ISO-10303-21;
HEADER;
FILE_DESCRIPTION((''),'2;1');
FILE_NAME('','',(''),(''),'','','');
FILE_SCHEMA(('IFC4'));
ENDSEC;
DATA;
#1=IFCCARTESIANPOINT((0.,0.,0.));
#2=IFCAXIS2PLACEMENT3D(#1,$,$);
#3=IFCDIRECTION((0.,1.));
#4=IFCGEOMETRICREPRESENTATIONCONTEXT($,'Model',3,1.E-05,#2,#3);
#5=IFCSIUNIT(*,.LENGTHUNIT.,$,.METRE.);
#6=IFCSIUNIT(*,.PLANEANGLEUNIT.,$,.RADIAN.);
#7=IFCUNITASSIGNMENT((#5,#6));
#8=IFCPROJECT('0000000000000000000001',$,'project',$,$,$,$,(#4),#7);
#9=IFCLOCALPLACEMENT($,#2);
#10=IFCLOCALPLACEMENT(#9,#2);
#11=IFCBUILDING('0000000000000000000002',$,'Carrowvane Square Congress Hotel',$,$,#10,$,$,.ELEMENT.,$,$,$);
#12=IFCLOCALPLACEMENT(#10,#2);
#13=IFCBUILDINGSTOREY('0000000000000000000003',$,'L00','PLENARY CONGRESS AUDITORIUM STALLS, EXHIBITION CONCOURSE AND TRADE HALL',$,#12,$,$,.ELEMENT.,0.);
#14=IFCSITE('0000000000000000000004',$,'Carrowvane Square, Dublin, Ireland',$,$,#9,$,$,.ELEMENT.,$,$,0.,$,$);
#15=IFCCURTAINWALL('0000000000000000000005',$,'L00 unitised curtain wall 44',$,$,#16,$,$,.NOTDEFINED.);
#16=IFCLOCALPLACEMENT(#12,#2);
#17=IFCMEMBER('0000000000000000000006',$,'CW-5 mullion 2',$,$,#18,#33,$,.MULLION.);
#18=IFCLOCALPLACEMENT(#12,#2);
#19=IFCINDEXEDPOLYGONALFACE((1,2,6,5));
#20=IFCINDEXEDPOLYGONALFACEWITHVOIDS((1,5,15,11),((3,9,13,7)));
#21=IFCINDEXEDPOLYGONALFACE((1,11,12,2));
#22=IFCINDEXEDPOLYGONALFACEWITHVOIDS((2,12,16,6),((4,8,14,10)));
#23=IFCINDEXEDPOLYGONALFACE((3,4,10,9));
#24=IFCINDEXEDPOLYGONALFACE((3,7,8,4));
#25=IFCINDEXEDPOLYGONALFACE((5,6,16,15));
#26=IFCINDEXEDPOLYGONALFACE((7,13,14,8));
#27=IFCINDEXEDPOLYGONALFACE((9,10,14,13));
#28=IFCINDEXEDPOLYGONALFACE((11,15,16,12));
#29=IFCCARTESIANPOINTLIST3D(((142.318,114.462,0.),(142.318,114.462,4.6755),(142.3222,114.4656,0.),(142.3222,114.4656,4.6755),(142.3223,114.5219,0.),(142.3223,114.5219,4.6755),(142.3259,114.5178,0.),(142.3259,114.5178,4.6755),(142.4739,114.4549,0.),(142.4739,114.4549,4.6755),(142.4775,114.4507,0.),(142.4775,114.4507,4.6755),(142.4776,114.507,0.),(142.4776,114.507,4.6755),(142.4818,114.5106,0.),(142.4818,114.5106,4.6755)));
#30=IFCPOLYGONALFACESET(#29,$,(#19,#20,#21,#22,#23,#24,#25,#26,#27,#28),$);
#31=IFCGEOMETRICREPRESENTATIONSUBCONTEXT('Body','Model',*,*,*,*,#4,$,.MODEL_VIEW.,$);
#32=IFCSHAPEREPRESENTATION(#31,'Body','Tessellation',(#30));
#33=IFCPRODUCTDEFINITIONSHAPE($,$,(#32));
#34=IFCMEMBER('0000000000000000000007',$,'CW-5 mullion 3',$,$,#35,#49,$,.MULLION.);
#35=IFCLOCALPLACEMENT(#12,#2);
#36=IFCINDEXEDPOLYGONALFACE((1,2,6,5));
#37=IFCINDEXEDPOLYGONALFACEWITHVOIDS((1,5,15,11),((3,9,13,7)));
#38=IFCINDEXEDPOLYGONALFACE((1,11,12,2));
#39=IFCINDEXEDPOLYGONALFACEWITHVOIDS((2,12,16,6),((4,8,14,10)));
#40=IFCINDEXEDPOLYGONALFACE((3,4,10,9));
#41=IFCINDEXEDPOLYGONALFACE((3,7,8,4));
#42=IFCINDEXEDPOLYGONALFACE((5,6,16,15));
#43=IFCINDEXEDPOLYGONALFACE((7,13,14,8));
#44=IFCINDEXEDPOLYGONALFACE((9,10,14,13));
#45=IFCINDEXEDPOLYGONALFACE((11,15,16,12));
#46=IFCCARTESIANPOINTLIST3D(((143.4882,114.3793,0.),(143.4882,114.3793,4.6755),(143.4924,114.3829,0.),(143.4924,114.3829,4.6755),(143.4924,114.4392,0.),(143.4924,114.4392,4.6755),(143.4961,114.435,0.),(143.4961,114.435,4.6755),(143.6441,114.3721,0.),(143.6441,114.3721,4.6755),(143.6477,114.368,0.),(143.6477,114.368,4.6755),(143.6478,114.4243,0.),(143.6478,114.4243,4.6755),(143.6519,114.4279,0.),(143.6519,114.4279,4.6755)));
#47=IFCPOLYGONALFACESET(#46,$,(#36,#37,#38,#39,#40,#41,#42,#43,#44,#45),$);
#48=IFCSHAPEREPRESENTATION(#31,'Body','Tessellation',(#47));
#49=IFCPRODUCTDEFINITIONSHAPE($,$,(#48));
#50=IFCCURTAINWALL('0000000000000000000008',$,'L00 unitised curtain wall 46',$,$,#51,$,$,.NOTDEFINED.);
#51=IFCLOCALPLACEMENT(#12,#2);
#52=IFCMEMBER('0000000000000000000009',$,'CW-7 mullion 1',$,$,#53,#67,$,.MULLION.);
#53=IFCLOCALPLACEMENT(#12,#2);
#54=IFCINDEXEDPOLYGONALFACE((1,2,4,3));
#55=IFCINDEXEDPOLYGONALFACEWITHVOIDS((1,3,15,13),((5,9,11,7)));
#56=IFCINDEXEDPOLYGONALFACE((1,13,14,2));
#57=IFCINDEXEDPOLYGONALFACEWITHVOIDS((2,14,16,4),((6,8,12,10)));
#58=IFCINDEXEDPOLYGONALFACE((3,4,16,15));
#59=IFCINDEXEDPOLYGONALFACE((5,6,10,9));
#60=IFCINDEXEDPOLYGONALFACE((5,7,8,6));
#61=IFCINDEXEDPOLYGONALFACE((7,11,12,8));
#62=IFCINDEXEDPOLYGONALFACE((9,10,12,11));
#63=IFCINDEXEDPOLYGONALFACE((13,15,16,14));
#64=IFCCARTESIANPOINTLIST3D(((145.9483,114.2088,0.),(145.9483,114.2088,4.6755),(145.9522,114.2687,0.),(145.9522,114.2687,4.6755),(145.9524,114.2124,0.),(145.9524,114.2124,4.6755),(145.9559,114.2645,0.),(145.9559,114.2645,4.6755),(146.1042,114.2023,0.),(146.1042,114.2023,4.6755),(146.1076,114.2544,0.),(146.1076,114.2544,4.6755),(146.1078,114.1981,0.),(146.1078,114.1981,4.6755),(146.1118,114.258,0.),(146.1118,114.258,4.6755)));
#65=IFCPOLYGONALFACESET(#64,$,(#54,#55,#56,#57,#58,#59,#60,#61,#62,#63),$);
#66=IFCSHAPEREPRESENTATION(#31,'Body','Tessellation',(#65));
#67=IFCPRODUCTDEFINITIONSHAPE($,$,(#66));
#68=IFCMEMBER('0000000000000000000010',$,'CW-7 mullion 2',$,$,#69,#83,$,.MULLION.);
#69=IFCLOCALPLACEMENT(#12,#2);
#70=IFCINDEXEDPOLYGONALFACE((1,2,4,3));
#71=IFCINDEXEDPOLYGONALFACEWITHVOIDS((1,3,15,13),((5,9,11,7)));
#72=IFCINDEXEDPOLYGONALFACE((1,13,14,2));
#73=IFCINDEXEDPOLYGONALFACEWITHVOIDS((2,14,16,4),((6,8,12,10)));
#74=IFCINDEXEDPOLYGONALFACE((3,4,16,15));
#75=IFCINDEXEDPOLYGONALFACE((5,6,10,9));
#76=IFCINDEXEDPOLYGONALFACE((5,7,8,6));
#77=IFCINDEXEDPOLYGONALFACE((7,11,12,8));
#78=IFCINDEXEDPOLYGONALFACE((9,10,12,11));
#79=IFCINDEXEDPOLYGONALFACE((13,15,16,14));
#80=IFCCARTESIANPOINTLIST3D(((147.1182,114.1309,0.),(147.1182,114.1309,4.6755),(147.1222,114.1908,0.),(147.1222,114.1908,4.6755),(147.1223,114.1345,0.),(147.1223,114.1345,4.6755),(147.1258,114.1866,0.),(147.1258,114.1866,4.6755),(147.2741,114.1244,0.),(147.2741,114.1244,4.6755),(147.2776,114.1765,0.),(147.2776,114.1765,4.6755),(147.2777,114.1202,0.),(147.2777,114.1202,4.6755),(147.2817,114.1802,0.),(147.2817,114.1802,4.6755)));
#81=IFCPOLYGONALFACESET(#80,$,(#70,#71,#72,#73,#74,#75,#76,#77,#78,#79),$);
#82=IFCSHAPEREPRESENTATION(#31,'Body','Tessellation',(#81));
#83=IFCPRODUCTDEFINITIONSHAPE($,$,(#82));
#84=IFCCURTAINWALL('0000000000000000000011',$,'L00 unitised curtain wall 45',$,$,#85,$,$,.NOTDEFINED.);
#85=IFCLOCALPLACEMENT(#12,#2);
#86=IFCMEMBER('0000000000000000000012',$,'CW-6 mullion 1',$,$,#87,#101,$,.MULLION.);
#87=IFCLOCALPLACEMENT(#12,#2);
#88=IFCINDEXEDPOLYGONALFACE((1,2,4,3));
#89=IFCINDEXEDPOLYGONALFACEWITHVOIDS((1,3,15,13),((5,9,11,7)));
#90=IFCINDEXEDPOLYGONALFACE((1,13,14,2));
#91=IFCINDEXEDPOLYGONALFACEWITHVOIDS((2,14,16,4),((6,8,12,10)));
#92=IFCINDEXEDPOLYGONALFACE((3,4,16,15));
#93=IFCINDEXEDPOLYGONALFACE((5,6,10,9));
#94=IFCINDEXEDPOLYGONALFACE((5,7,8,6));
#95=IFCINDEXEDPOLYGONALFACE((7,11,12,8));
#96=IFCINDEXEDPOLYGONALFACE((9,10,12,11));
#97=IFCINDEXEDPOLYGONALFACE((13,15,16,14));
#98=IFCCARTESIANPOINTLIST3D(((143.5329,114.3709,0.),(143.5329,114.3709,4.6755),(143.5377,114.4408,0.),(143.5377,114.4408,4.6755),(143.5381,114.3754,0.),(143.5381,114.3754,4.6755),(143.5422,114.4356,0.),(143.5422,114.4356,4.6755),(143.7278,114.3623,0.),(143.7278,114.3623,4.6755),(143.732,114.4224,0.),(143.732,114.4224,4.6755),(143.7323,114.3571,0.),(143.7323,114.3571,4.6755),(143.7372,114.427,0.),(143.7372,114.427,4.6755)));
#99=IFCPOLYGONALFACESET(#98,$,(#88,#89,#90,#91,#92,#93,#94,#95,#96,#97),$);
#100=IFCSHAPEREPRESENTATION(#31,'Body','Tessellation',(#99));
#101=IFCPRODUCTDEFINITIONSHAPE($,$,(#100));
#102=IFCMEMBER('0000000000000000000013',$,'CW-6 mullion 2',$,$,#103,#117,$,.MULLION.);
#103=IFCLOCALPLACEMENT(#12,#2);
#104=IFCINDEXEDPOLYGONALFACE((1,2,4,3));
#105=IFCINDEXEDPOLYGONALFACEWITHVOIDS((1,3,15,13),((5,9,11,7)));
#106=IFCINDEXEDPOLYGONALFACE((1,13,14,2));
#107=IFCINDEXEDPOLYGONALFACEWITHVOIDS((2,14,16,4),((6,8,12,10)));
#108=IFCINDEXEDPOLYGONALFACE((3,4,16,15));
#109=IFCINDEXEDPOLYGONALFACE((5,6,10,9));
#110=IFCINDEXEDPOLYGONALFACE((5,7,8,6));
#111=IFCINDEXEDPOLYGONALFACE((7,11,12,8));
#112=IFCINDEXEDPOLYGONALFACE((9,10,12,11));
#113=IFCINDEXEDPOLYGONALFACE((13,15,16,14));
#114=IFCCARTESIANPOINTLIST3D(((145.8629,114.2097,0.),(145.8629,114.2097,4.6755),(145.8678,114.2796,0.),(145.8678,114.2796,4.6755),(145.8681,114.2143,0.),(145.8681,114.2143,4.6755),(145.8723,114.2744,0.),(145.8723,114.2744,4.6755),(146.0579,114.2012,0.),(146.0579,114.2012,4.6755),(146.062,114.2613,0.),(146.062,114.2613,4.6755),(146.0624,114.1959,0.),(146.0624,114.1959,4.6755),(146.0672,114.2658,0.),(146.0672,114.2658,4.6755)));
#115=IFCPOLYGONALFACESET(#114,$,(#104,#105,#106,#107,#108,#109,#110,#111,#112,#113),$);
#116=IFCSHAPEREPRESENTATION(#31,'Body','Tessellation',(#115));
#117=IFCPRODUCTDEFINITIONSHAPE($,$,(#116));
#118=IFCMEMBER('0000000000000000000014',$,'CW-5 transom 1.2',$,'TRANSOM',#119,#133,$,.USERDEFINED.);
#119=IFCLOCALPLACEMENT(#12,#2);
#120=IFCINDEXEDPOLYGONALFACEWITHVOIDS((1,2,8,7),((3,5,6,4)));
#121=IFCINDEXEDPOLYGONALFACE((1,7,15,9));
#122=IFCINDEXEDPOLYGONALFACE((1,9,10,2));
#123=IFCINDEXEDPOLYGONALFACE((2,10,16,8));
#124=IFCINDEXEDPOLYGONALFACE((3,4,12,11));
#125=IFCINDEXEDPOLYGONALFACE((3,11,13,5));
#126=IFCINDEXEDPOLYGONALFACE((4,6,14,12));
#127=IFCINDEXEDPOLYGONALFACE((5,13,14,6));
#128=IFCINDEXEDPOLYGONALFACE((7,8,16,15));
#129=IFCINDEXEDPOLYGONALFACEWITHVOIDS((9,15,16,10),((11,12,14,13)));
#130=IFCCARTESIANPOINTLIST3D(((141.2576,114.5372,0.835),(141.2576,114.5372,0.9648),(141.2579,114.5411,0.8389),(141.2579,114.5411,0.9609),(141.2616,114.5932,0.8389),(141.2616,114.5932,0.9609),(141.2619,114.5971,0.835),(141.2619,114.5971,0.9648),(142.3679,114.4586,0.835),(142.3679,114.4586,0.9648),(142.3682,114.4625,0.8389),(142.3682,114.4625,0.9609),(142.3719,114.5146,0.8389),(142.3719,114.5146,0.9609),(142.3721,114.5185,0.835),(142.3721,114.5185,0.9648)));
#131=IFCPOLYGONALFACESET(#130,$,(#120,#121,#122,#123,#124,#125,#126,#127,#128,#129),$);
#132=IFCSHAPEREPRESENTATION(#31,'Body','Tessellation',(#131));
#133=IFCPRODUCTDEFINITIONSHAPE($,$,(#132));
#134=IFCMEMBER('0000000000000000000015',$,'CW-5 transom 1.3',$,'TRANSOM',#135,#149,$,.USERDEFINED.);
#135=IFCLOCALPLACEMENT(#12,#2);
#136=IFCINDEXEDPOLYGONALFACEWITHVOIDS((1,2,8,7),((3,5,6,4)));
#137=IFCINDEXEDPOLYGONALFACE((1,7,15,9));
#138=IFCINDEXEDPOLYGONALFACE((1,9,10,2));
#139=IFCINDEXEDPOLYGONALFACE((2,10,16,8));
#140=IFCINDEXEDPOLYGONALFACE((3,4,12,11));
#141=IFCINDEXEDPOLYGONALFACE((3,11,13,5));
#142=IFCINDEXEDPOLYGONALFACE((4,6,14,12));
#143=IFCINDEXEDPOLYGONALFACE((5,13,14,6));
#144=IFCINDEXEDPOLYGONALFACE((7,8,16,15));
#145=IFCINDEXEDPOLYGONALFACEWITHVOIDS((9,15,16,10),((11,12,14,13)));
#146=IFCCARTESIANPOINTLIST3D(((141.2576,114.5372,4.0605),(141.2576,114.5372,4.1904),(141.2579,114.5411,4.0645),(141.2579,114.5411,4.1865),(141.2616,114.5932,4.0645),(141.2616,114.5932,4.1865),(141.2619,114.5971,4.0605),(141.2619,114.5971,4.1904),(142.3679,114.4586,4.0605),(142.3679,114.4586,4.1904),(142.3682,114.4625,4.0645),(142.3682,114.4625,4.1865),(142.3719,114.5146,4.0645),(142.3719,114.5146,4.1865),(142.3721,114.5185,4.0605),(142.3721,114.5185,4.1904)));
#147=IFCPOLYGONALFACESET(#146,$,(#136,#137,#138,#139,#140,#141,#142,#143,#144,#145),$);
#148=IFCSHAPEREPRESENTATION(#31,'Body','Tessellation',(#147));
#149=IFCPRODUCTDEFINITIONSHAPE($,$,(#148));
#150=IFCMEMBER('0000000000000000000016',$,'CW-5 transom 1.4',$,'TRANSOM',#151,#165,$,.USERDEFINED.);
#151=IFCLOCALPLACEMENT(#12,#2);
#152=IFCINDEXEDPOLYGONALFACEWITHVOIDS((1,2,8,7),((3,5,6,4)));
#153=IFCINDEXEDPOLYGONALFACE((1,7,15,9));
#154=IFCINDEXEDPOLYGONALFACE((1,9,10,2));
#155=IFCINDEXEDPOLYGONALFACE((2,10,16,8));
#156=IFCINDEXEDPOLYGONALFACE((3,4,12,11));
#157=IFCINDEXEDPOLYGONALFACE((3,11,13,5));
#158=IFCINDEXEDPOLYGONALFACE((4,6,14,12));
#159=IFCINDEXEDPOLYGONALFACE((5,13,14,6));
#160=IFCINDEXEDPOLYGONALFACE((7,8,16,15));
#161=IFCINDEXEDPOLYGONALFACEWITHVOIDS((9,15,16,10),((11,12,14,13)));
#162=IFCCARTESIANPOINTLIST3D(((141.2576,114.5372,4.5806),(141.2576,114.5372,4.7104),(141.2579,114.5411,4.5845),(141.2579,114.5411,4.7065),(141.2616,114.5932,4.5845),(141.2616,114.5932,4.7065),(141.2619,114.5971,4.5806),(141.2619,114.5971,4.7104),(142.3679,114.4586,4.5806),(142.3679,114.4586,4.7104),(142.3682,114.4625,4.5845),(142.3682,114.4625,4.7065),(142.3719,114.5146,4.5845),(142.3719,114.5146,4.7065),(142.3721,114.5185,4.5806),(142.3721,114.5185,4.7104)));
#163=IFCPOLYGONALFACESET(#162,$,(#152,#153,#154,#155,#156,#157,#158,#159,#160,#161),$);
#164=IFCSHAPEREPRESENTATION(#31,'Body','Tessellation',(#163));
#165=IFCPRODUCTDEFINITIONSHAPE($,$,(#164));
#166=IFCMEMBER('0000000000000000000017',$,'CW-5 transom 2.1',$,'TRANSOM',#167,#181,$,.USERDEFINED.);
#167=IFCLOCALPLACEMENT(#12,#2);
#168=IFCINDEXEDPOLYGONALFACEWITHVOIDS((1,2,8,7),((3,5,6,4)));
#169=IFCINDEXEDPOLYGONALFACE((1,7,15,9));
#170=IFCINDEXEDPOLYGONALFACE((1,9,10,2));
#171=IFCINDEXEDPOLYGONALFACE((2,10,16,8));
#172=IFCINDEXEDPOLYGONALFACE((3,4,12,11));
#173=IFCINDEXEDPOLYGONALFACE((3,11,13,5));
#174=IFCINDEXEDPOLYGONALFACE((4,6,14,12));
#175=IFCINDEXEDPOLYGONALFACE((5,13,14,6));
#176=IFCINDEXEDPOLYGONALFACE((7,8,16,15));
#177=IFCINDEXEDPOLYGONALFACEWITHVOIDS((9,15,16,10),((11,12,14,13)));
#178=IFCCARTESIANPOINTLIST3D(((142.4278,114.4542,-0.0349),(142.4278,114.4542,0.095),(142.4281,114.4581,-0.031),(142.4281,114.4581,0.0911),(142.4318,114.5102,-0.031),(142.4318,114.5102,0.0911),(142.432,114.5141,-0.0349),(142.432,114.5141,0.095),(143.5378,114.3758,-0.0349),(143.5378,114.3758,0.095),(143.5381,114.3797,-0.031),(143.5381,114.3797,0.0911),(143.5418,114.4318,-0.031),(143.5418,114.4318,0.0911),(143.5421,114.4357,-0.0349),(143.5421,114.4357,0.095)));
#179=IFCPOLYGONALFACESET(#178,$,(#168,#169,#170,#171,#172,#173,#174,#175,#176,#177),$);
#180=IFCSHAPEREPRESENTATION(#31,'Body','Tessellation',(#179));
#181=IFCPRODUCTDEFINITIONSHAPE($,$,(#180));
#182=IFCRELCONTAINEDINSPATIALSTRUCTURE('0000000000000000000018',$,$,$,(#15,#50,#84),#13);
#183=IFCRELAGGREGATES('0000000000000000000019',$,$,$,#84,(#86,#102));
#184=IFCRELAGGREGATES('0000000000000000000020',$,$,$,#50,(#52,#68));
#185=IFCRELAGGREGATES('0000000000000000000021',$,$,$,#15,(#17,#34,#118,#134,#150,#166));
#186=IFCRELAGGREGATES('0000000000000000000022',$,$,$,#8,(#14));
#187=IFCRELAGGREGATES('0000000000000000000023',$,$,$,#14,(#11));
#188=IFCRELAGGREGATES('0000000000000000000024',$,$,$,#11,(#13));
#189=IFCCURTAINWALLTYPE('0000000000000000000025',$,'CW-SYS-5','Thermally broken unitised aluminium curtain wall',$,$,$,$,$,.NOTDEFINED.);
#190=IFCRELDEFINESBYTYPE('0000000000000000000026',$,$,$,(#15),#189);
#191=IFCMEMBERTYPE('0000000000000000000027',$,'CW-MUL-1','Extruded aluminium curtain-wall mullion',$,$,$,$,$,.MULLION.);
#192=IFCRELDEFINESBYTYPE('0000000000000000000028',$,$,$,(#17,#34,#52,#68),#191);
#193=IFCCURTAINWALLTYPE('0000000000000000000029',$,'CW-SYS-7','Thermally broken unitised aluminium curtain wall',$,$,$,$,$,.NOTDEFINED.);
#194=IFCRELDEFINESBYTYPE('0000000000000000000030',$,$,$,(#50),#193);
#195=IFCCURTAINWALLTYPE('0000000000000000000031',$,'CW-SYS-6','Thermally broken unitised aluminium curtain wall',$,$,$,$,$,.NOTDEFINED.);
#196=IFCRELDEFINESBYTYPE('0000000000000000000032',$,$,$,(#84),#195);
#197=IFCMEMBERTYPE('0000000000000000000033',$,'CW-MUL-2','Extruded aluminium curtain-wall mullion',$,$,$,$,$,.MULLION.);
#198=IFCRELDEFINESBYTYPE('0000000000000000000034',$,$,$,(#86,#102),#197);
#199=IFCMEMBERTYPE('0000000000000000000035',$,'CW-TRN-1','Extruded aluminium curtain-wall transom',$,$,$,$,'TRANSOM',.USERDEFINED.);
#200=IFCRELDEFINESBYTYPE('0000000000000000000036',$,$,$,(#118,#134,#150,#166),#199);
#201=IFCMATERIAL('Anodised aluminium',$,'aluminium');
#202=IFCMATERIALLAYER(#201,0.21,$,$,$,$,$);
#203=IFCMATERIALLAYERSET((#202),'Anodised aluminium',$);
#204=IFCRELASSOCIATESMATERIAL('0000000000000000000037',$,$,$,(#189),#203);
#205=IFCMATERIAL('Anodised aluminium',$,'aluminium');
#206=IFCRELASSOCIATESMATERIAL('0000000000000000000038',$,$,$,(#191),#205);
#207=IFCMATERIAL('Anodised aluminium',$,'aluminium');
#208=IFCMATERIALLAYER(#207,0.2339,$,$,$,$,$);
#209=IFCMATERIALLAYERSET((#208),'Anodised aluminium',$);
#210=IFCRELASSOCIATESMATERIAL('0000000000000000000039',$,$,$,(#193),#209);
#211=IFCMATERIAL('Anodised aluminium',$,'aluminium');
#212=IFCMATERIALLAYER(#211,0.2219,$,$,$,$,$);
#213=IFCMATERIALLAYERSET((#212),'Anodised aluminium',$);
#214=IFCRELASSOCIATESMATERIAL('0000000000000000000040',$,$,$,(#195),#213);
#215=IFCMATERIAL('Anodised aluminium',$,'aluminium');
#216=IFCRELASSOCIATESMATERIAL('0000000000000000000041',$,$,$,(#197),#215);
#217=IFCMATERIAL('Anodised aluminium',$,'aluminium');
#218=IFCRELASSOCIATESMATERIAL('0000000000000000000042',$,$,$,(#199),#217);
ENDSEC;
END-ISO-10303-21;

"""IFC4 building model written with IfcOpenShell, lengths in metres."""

from ifc_helpers import new_model, si_unit, direction, frame, origin, origin_2d, place, context, subcontext, project, spatial, hollow_rectangle, extrude, material, layer, layer_set, material_profile, profile_set, type_object, element, aggregate, save


model = new_model("IFC4")

# Units and contexts
model_context = context("Model", 3, precision=1e-05, world=origin(), true_north=direction((0.0, 1.0)))
body_context = subcontext(model_context, "Body", "Model", "MODEL_VIEW")
ifc_project = project(units=[si_unit("LENGTHUNIT", "METRE"), si_unit("PLANEANGLEUNIT", "RADIAN")], contexts=[model_context])

# Site, building, storey
site_placement = place(None, origin())
site = spatial("IfcSite", under=ifc_project, at=site_placement, Name="Carrowvane Square, Dublin, Ireland", CompositionType="ELEMENT", RefElevation=0.0)
building_placement = place(site_placement, origin())
building = spatial("IfcBuilding", under=site, at=building_placement, Name="Carrowvane Square Congress Hotel", CompositionType="ELEMENT")
storey_placement = place(building_placement, origin())
storey = spatial("IfcBuildingStorey", under=building, at=storey_placement, Name="L00", Description="PLENARY CONGRESS AUDITORIUM STALLS, EXHIBITION CONCOURSE AND TRADE HALL", CompositionType="ELEMENT", Elevation=0.0)

# Curtain walls, members
ifc_material_1 = material(Name="Anodised aluminium", Category="aluminium")
ifc_layer_1 = layer(ifc_material_1, 0.21)
ifc_layer_set_1 = layer_set([ifc_layer_1], Name="Anodised aluminium")
curtain_wall_type_1 = type_object("IfcCurtainWallType", Name="CW-SYS-5", Description="Thermally broken unitised aluminium curtain wall", PredefinedType="NOTDEFINED", material=ifc_layer_set_1)
curtain_wall_1_placement = place(storey_placement, origin())
curtain_wall_1 = element("IfcCurtainWall", 1, at=curtain_wall_1_placement, inside=storey, type_object=curtain_wall_type_1, Name="L00 unitised curtain wall 44", PredefinedType="NOTDEFINED")
ifc_material_2 = material(Name="Anodised aluminium", Category="aluminium")
ifc_material_profile_1 = material_profile(ifc_material_2, hollow_rectangle(XDim=0.0601, YDim=0.1599, WallThickness=0.0039, at=origin_2d()), Name="CW-ML 60x160x4")
ifc_profile_set_1 = profile_set([ifc_material_profile_1], Name="Anodised aluminium")
member_type_1 = type_object("IfcMemberType", Name="CW-MUL-1", Description="Extruded aluminium curtain-wall mullion", PredefinedType="MULLION", material=ifc_profile_set_1)
member_1_placement = place(storey_placement, frame((142.3999, 114.4863, 0.0), z_axis=(0.0, 0.0, 1.0), x_axis=(0.070586, 0.997506, 0.0)))
member_1 = element("IfcMember", 2, at=member_1_placement, type_object=member_type_1, Name="CW-5 mullion 2", PredefinedType="MULLION", context=body_context, shape_type="SweptSolid", body=[
    extrude(hollow_rectangle(XDim=0.0601, YDim=0.1599, WallThickness=0.0039, at=origin_2d()), origin(), (0.0, 0.0, 1.0), 4.6755),
])
member_2_placement = place(storey_placement, frame((143.5701, 114.4036, 0.0), z_axis=(0.0, 0.0, 1.0), x_axis=(0.070586, 0.997506, 0.0)))
member_2 = element("IfcMember", 3, at=member_2_placement, type_object=member_type_1, Name="CW-5 mullion 3", PredefinedType="MULLION", context=body_context, shape_type="SweptSolid", body=[
    extrude(hollow_rectangle(XDim=0.0601, YDim=0.1599, WallThickness=0.0039, at=origin_2d()), origin(), (0.0, 0.0, 1.0), 4.6755),
])
ifc_material_3 = material(Name="Anodised aluminium", Category="aluminium")
ifc_layer_2 = layer(ifc_material_3, 0.2339)
ifc_layer_set_2 = layer_set([ifc_layer_2], Name="Anodised aluminium")
curtain_wall_type_2 = type_object("IfcCurtainWallType", Name="CW-SYS-7", Description="Thermally broken unitised aluminium curtain wall", PredefinedType="NOTDEFINED", material=ifc_layer_set_2)
curtain_wall_2_placement = place(storey_placement, origin())
curtain_wall_2 = element("IfcCurtainWall", 4, at=curtain_wall_2_placement, inside=storey, type_object=curtain_wall_type_2, Name="L00 unitised curtain wall 46", PredefinedType="NOTDEFINED")
member_3_placement = place(storey_placement, frame((146.03, 114.2334, 0.0), z_axis=(0.0, 0.0, 1.0), x_axis=(0.066574, 0.997781, 0.0)))
member_3 = element("IfcMember", 5, at=member_3_placement, type_object=member_type_1, Name="CW-7 mullion 1", PredefinedType="MULLION", context=body_context, shape_type="SweptSolid", body=[
    extrude(hollow_rectangle(XDim=0.0601, YDim=0.1599, WallThickness=0.0039, at=origin_2d()), origin(), (0.0, 0.0, 1.0), 4.6755),
])
member_4_placement = place(storey_placement, frame((147.2, 114.1555, 0.0), z_axis=(0.0, 0.0, 1.0), x_axis=(0.066574, 0.997781, 0.0)))
member_4 = element("IfcMember", 6, at=member_4_placement, type_object=member_type_1, Name="CW-7 mullion 2", PredefinedType="MULLION", context=body_context, shape_type="SweptSolid", body=[
    extrude(hollow_rectangle(XDim=0.0601, YDim=0.1599, WallThickness=0.0039, at=origin_2d()), origin(), (0.0, 0.0, 1.0), 4.6755),
])
ifc_material_4 = material(Name="Anodised aluminium", Category="aluminium")
ifc_layer_3 = layer(ifc_material_4, 0.2219)
ifc_layer_set_3 = layer_set([ifc_layer_3], Name="Anodised aluminium")
curtain_wall_type_3 = type_object("IfcCurtainWallType", Name="CW-SYS-6", Description="Thermally broken unitised aluminium curtain wall", PredefinedType="NOTDEFINED", material=ifc_layer_set_3)
curtain_wall_3_placement = place(storey_placement, origin())
curtain_wall_3 = element("IfcCurtainWall", 7, at=curtain_wall_3_placement, inside=storey, type_object=curtain_wall_type_3, Name="L00 unitised curtain wall 45", PredefinedType="NOTDEFINED")
ifc_material_5 = material(Name="Anodised aluminium", Category="aluminium")
ifc_material_profile_2 = material_profile(ifc_material_5, hollow_rectangle(XDim=0.0701, YDim=0.2, WallThickness=0.0049, at=origin_2d()), Name="CW-ML 70x200x5")
ifc_profile_set_2 = profile_set([ifc_material_profile_2], Name="Anodised aluminium")
member_type_2 = type_object("IfcMemberType", Name="CW-MUL-2", Description="Extruded aluminium curtain-wall mullion", PredefinedType="MULLION", material=ifc_profile_set_2)
member_5_placement = place(storey_placement, frame((143.635, 114.3989, 0.0), z_axis=(0.0, 0.0, 1.0), x_axis=(0.068986, 0.997618, 0.0)))
member_5 = element("IfcMember", 8, at=member_5_placement, type_object=member_type_2, Name="CW-6 mullion 1", PredefinedType="MULLION", context=body_context, shape_type="SweptSolid", body=[
    extrude(hollow_rectangle(XDim=0.0701, YDim=0.2, WallThickness=0.0049, at=origin_2d()), origin(), (0.0, 0.0, 1.0), 4.6755),
])
member_6_placement = place(storey_placement, frame((145.9651, 114.2378, 0.0), z_axis=(0.0, 0.0, 1.0), x_axis=(0.068986, 0.997618, 0.0)))
member_6 = element("IfcMember", 9, at=member_6_placement, type_object=member_type_2, Name="CW-6 mullion 2", PredefinedType="MULLION", context=body_context, shape_type="SweptSolid", body=[
    extrude(hollow_rectangle(XDim=0.0701, YDim=0.2, WallThickness=0.0049, at=origin_2d()), origin(), (0.0, 0.0, 1.0), 4.6755),
])

# Members
ifc_material_6 = material(Name="Anodised aluminium", Category="aluminium")
ifc_material_profile_3 = material_profile(ifc_material_6, hollow_rectangle(XDim=0.0601, YDim=0.1299, WallThickness=0.0039, at=origin_2d()), Name="CW-TR 60x130x4")
ifc_profile_set_3 = profile_set([ifc_material_profile_3], Name="Anodised aluminium")
member_type_3 = type_object("IfcMemberType", Name="CW-TRN-1", Description="Extruded aluminium curtain-wall transom", ElementType="TRANSOM", PredefinedType="USERDEFINED", material=ifc_profile_set_3)
member_7_placement = place(storey_placement, frame((141.2598, 114.5671, 0.8999), z_axis=(0.997503, -0.070624, 0.0), x_axis=(0.070624, 0.997503, 0.0)))
member_7 = element("IfcMember", 10, at=member_7_placement, type_object=member_type_3, Name="CW-5 transom 1.2", ObjectType="TRANSOM", PredefinedType="USERDEFINED", context=body_context, shape_type="SweptSolid", body=[
    extrude(hollow_rectangle(XDim=0.0601, YDim=0.1299, WallThickness=0.0039, at=origin_2d()), origin(), (0.0, 0.0, 1.0), 1.113),
])
member_8_placement = place(storey_placement, frame((141.2598, 114.5671, 4.1255), z_axis=(0.997503, -0.070624, 0.0), x_axis=(0.070624, 0.997503, 0.0)))
member_8 = element("IfcMember", 11, at=member_8_placement, type_object=member_type_3, Name="CW-5 transom 1.3", ObjectType="TRANSOM", PredefinedType="USERDEFINED", context=body_context, shape_type="SweptSolid", body=[
    extrude(hollow_rectangle(XDim=0.0601, YDim=0.1299, WallThickness=0.0039, at=origin_2d()), origin(), (0.0, 0.0, 1.0), 1.113),
])
member_9_placement = place(storey_placement, frame((141.2598, 114.5671, 4.6455), z_axis=(0.997503, -0.070624, 0.0), x_axis=(0.070624, 0.997503, 0.0)))
member_9 = element("IfcMember", 12, at=member_9_placement, type_object=member_type_3, Name="CW-5 transom 1.4", ObjectType="TRANSOM", PredefinedType="USERDEFINED", context=body_context, shape_type="SweptSolid", body=[
    extrude(hollow_rectangle(XDim=0.0601, YDim=0.1299, WallThickness=0.0039, at=origin_2d()), origin(), (0.0, 0.0, 1.0), 1.113),
])
member_10_placement = place(storey_placement, frame((142.4299, 114.4841, 0.03), z_axis=(0.997517, -0.070421, 0.0), x_axis=(0.070421, 0.997517, 0.0)))
member_10 = element("IfcMember", 13, at=member_10_placement, type_object=member_type_3, Name="CW-5 transom 2.1", ObjectType="TRANSOM", PredefinedType="USERDEFINED", context=body_context, shape_type="SweptSolid", body=[
    extrude(hollow_rectangle(XDim=0.0601, YDim=0.1299, WallThickness=0.0039, at=origin_2d()), origin(), (0.0, 0.0, 1.0), 1.1128),
])

aggregate(curtain_wall_3, [member_5, member_6])
aggregate(curtain_wall_2, [member_3, member_4])
aggregate(curtain_wall_1, [member_1, member_2, member_7, member_8, member_9, member_10])

save(model, "model.ifc")
